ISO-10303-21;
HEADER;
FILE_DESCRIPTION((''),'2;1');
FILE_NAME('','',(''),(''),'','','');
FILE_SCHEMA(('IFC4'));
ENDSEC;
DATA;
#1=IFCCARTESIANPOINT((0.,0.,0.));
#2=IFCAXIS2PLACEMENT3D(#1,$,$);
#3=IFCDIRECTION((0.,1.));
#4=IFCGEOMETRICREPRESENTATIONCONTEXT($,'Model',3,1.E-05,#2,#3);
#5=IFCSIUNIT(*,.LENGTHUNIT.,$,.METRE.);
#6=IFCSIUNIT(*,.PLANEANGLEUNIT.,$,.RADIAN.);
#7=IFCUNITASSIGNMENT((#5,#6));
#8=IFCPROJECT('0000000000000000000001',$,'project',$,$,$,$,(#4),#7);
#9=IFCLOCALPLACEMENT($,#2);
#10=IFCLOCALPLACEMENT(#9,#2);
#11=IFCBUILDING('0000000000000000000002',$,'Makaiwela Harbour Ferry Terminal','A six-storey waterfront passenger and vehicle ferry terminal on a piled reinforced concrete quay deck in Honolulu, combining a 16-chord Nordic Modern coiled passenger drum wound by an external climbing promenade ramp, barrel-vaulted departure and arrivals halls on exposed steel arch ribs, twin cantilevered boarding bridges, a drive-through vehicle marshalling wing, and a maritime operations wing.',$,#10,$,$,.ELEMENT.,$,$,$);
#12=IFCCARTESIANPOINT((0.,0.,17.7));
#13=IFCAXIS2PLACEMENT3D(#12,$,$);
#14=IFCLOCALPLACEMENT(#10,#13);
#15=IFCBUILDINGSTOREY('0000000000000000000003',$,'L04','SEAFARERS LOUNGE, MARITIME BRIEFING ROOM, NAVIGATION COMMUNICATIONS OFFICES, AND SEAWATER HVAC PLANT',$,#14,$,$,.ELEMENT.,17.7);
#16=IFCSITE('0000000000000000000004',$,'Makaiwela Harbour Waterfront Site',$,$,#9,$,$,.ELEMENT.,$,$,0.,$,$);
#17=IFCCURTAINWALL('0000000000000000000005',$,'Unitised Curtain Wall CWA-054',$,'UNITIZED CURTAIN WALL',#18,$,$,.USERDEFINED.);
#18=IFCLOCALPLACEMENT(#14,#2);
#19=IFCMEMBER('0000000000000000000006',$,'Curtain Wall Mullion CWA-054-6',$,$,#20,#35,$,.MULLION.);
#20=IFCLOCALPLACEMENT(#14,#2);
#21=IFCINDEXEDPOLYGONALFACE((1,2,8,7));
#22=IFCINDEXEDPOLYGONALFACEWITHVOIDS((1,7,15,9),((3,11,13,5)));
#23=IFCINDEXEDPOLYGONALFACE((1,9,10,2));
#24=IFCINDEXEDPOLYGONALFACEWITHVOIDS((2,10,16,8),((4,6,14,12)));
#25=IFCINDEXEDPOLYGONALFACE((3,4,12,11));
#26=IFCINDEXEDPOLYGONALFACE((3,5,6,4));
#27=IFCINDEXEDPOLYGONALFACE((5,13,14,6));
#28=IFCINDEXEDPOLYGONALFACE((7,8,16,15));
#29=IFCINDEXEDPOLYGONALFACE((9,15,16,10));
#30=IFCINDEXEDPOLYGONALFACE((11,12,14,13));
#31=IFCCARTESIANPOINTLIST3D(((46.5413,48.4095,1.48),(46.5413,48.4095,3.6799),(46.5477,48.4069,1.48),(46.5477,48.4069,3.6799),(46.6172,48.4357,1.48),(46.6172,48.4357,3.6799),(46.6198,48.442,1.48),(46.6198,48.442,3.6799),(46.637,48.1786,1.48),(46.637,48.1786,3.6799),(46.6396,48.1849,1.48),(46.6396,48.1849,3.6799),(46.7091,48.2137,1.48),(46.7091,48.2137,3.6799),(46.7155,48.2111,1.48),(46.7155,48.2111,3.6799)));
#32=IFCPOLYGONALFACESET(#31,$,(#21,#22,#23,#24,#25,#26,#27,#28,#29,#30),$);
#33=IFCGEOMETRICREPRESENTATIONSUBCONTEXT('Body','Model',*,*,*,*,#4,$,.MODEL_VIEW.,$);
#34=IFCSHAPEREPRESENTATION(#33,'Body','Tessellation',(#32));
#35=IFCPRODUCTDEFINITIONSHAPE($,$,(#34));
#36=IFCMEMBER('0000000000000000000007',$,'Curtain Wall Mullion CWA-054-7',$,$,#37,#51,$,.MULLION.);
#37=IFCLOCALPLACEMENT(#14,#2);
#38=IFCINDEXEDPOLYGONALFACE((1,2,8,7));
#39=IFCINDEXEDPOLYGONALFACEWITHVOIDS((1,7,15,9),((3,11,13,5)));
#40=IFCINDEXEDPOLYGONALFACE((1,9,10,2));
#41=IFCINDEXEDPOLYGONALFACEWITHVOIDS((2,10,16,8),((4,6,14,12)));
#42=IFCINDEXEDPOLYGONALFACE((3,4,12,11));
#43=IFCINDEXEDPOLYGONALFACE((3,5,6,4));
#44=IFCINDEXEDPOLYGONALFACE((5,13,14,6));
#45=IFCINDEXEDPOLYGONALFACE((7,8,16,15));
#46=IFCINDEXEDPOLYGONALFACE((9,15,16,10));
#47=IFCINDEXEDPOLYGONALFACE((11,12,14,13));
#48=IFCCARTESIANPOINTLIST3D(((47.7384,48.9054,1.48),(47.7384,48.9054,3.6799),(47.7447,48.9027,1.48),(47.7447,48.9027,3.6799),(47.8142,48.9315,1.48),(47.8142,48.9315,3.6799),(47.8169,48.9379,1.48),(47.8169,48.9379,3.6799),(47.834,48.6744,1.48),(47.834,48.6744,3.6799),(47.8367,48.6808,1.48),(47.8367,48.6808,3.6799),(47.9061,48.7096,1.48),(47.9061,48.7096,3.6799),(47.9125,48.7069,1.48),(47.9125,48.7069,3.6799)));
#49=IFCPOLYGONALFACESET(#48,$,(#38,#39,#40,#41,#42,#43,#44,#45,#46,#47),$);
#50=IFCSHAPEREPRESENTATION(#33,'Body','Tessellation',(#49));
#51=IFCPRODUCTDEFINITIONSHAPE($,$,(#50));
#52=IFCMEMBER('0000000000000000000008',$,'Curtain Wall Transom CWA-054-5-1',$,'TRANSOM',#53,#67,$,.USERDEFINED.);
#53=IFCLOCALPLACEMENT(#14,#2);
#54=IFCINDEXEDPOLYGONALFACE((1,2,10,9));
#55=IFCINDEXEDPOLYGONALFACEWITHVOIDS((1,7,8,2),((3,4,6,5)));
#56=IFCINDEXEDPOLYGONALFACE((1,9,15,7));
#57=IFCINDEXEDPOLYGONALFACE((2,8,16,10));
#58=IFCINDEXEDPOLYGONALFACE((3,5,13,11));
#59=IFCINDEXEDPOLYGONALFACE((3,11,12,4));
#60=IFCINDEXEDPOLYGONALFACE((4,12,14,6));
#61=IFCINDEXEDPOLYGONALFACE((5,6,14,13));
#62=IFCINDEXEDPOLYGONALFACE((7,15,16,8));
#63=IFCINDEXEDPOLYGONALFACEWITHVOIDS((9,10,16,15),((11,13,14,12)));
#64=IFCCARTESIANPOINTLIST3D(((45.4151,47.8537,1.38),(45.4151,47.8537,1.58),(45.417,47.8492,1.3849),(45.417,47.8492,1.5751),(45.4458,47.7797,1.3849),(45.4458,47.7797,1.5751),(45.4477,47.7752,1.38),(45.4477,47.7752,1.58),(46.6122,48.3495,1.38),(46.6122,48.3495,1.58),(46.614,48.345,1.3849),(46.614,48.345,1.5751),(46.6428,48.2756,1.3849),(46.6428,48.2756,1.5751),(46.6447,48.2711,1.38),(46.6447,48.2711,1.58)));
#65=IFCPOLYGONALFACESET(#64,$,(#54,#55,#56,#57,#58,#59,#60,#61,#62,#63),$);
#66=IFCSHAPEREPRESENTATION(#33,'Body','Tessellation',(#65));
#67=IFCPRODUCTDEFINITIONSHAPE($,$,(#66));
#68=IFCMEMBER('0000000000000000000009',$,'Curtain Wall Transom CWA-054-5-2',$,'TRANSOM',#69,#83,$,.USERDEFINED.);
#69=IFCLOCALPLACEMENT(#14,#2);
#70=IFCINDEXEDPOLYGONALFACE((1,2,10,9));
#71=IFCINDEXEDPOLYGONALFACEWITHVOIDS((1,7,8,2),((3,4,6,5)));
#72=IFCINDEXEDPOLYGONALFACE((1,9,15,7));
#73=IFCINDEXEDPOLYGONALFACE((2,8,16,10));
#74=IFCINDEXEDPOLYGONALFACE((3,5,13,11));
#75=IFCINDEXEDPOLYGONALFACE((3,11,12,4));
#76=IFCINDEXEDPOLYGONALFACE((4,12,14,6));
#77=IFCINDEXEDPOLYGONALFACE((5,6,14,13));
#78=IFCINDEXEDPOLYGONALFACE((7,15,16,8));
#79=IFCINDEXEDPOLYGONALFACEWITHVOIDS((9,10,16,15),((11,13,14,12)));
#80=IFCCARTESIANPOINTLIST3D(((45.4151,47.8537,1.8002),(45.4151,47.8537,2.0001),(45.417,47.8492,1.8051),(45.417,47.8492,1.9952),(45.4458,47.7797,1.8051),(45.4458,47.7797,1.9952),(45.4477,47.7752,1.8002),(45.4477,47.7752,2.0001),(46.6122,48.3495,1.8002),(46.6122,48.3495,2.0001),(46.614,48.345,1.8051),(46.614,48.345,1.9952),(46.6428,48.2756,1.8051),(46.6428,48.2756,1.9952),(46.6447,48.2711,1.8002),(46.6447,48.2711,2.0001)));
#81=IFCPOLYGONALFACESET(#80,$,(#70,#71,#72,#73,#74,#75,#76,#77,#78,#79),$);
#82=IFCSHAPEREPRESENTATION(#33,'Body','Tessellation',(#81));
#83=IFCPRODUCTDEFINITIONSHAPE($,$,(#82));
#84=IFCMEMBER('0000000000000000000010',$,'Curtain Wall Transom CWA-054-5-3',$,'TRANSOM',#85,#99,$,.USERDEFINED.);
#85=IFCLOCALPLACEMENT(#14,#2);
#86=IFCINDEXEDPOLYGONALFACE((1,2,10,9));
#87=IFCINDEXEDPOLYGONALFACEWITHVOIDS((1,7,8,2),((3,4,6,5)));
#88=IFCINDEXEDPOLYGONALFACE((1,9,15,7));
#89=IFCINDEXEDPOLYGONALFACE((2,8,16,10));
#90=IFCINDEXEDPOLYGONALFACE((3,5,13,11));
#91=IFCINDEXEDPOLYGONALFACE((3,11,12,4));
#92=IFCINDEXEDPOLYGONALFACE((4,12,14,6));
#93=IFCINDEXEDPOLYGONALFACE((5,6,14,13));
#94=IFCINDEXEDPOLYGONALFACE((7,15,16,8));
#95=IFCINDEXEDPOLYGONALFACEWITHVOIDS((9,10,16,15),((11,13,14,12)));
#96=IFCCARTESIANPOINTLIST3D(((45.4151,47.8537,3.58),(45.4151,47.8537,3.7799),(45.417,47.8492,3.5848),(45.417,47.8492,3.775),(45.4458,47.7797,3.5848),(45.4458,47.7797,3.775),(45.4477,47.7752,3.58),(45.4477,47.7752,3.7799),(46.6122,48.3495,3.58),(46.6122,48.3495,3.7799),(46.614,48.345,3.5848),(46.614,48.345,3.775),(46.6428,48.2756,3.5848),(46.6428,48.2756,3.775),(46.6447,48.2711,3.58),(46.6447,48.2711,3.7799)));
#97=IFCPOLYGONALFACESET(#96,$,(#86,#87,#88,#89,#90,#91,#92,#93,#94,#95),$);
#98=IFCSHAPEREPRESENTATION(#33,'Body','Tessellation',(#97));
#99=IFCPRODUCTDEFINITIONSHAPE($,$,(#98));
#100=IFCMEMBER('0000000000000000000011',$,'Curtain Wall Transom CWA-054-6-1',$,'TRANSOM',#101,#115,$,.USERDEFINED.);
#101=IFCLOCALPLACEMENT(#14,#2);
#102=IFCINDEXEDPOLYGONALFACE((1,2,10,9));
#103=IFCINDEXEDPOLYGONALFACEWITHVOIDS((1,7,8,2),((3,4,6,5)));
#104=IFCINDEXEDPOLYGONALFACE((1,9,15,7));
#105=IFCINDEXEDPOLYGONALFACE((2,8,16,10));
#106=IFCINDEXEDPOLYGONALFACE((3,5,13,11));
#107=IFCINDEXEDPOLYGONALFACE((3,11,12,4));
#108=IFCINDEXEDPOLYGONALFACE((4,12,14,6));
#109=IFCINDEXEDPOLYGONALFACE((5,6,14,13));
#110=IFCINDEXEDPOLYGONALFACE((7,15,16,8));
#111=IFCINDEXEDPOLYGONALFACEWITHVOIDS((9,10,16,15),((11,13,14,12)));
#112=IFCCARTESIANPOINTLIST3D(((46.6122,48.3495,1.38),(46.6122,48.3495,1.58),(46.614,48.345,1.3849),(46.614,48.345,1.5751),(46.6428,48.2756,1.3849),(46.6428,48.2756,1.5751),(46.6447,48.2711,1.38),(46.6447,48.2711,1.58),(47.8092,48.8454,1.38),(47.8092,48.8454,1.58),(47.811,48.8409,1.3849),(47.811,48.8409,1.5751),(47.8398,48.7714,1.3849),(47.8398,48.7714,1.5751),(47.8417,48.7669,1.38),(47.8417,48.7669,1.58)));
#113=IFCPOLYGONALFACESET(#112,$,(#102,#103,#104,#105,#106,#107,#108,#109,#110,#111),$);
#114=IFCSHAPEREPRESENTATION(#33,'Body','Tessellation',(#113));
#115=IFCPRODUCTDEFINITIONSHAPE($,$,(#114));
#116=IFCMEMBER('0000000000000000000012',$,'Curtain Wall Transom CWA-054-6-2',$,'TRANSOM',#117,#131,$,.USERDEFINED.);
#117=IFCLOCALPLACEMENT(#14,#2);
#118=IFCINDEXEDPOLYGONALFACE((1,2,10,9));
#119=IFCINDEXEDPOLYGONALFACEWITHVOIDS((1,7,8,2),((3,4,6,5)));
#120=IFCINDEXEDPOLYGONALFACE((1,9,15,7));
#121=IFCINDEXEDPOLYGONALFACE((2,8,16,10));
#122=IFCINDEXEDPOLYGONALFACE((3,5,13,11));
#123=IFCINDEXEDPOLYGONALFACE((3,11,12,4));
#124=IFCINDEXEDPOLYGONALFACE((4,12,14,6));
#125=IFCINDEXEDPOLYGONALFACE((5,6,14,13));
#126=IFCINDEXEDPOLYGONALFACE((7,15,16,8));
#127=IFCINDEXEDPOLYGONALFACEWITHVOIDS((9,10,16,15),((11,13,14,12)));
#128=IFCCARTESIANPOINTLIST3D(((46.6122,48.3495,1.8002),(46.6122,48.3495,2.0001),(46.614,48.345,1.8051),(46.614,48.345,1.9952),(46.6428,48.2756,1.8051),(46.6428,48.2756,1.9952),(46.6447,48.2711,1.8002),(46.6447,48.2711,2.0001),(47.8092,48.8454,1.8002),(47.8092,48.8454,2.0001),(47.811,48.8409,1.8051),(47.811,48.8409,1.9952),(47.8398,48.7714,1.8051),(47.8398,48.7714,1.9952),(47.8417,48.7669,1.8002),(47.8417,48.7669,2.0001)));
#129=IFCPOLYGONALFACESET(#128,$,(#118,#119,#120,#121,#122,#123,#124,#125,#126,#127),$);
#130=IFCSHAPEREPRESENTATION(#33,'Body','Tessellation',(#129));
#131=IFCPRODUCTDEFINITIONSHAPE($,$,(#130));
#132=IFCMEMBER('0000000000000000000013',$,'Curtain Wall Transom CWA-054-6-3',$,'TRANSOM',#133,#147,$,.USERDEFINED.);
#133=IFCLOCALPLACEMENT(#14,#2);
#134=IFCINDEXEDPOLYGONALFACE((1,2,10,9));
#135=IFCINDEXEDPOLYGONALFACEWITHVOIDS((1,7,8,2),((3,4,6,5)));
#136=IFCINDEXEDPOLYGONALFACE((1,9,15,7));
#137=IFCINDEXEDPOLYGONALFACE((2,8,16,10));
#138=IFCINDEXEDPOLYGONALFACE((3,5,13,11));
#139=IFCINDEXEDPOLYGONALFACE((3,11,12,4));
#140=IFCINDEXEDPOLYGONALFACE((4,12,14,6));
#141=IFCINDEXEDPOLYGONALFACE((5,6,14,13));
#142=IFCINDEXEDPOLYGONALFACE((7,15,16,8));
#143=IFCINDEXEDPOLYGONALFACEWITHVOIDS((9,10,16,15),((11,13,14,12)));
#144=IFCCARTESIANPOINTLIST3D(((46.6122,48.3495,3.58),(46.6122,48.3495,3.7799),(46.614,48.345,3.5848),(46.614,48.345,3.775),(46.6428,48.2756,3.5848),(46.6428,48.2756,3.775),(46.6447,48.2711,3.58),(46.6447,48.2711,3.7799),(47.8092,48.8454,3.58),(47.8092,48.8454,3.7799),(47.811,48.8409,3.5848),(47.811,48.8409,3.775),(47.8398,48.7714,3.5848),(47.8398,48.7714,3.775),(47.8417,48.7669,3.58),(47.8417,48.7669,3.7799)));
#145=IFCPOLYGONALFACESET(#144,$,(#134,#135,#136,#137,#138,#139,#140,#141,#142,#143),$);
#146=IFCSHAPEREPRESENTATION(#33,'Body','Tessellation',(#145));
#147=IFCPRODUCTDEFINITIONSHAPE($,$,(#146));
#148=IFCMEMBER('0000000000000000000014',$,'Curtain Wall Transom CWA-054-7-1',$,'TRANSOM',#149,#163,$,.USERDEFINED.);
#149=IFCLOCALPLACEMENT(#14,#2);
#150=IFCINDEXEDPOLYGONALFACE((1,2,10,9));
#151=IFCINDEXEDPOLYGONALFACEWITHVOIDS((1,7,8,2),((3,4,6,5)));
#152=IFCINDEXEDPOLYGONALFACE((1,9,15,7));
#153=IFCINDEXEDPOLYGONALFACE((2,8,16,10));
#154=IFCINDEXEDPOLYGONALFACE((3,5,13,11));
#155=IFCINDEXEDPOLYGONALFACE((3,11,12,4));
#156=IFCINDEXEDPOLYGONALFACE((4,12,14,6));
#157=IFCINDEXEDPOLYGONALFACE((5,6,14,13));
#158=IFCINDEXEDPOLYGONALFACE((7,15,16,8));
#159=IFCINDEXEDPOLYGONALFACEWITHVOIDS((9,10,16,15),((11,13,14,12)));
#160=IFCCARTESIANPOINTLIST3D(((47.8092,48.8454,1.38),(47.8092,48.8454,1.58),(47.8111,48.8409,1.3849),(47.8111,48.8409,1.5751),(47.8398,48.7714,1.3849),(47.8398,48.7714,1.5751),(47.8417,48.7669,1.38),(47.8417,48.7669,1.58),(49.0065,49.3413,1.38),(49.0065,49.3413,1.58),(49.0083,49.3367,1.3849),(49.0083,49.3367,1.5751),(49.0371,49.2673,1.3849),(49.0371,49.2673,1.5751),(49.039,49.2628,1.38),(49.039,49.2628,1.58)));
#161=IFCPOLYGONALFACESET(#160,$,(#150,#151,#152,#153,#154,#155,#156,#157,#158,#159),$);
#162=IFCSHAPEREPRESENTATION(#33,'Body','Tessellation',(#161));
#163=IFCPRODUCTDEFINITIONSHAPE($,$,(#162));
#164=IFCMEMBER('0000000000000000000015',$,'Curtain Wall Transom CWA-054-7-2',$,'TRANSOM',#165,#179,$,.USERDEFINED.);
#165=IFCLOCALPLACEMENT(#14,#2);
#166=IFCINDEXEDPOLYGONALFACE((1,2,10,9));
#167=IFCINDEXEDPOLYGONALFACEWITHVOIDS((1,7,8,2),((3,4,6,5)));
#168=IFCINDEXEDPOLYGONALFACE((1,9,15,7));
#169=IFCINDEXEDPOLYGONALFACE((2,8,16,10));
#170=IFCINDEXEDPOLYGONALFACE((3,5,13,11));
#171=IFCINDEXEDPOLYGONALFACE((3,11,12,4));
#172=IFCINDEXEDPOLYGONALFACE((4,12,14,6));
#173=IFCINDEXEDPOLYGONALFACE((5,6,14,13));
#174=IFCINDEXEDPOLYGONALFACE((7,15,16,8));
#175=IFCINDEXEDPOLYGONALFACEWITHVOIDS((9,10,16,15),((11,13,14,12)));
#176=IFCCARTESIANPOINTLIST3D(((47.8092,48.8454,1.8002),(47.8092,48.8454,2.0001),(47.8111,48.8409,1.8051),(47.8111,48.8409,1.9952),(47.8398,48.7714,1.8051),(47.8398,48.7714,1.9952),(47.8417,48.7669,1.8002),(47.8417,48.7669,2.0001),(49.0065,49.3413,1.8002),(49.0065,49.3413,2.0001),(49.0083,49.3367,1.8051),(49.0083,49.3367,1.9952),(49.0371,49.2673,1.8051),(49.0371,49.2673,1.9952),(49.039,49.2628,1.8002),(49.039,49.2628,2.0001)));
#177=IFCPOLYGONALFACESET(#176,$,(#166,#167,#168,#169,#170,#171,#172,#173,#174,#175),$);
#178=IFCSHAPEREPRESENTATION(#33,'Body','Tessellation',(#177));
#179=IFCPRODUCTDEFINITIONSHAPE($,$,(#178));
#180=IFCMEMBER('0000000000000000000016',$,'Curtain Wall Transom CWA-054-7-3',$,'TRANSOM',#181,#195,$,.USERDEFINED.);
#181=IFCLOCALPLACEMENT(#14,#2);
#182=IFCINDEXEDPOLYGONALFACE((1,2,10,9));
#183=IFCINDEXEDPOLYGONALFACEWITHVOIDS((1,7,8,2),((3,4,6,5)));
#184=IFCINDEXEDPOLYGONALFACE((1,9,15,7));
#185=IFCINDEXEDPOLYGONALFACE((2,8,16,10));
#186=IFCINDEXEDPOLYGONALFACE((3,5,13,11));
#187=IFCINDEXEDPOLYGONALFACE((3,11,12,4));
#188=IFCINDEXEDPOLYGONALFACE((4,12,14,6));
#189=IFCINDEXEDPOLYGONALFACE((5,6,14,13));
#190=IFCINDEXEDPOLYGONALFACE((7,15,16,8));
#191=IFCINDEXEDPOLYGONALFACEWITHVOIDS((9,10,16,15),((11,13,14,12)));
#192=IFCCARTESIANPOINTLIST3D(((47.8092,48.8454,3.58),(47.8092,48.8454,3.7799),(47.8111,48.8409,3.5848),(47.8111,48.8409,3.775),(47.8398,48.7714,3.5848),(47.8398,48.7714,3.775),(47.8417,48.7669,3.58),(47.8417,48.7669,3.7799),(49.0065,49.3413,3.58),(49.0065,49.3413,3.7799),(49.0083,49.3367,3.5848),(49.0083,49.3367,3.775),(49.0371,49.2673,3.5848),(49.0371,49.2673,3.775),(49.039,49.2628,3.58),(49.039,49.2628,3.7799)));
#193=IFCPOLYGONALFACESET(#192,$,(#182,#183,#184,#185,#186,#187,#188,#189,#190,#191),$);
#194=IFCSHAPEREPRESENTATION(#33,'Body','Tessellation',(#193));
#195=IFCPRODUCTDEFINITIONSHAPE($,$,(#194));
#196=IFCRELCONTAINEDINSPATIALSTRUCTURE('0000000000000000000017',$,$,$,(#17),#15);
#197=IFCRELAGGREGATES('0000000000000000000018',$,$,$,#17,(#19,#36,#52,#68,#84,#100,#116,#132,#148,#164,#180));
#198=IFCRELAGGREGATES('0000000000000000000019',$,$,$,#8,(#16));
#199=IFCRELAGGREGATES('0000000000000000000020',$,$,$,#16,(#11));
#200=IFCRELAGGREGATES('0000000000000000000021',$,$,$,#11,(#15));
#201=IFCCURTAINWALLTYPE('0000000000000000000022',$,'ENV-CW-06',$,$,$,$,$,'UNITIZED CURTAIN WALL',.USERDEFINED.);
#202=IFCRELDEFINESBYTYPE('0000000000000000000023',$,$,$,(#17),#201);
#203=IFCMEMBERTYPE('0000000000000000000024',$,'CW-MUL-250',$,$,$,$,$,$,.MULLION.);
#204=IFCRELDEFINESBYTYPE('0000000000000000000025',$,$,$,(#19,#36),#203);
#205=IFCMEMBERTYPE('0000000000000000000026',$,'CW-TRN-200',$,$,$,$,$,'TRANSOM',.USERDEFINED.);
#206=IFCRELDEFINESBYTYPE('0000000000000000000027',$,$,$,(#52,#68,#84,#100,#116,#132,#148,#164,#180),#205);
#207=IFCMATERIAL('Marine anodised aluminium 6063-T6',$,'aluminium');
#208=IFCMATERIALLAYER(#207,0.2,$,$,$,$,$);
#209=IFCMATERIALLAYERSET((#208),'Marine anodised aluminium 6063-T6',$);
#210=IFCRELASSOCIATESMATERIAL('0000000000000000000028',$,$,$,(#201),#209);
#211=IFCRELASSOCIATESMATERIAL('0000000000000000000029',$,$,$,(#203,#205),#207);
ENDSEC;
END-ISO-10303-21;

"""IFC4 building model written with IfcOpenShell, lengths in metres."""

from ifc_helpers import new_model, si_unit, direction, frame, origin, origin_2d, place, context, subcontext, project, spatial, hollow_rectangle, extrude, material, layer, layer_set, material_profile, profile_set, type_object, element, aggregate, save


model = new_model("IFC4")

# Units and contexts
model_context = context("Model", 3, precision=1e-05, world=origin(), true_north=direction((0.0, 1.0)))
body_context = subcontext(model_context, "Body", "Model", "MODEL_VIEW")
ifc_project = project(units=[si_unit("LENGTHUNIT", "METRE"), si_unit("PLANEANGLEUNIT", "RADIAN")], contexts=[model_context])

# Site, building, storey
site_placement = place(None, origin())
site = spatial("IfcSite", under=ifc_project, at=site_placement, Name="Makaiwela Harbour Waterfront Site", CompositionType="ELEMENT", RefElevation=0.0)
building_placement = place(site_placement, origin())
building = spatial("IfcBuilding", under=site, at=building_placement, Name="Makaiwela Harbour Ferry Terminal", Description="A six-storey waterfront passenger and vehicle ferry terminal on a piled reinforced concrete quay deck in Honolulu, combining a 16-chord Nordic Modern coiled passenger drum wound by an external climbing promenade ramp, barrel-vaulted departure and arrivals halls on exposed steel arch ribs, twin cantilevered boarding bridges, a drive-through vehicle marshalling wing, and a maritime operations wing.", CompositionType="ELEMENT")
storey_placement = place(building_placement, frame((0.0, 0.0, 17.7)))
storey = spatial("IfcBuildingStorey", under=building, at=storey_placement, Name="L04", Description="SEAFARERS LOUNGE, MARITIME BRIEFING ROOM, NAVIGATION COMMUNICATIONS OFFICES, AND SEAWATER HVAC PLANT", CompositionType="ELEMENT", Elevation=17.7)

# Curtain wall, members
ifc_material_1 = material(Name="Marine anodised aluminium 6063-T6", Category="aluminium")
ifc_layer_1 = layer(ifc_material_1, 0.2)
ifc_layer_set_1 = layer_set([ifc_layer_1], Name="Marine anodised aluminium 6063-T6")
curtain_wall_type = type_object("IfcCurtainWallType", Name="ENV-CW-06", ElementType="UNITIZED CURTAIN WALL", PredefinedType="USERDEFINED", material=ifc_layer_set_1)
curtain_wall_placement = place(storey_placement, origin())
curtain_wall = element("IfcCurtainWall", 1, at=curtain_wall_placement, inside=storey, type_object=curtain_wall_type, Name="Unitised Curtain Wall CWA-054", ObjectType="UNITIZED CURTAIN WALL", PredefinedType="USERDEFINED")
ifc_material_profile_1 = material_profile(ifc_material_1, hollow_rectangle(XDim=0.085, YDim=0.25, WallThickness=0.0049, at=origin_2d()), Name="CWM-250X85")
ifc_profile_set_1 = profile_set([ifc_material_profile_1], Name="Marine anodised aluminium 6063-T6")
member_type_1 = type_object("IfcMemberType", Name="CW-MUL-250", PredefinedType="MULLION", material=ifc_profile_set_1)
member_1_placement = place(storey_placement, frame((46.6284, 48.3103, 1.48), z_axis=(0.0, 0.0, 1.0), x_axis=(0.92388, 0.382683, 0.0)))
member_1 = element("IfcMember", 2, at=member_1_placement, type_object=member_type_1, Name="Curtain Wall Mullion CWA-054-6", PredefinedType="MULLION", context=body_context, shape_type="SweptSolid", body=[
    extrude(hollow_rectangle(XDim=0.085, YDim=0.25, WallThickness=0.0049, at=origin_2d()), origin(), (0.0, 0.0, 1.0), 2.2),
])
member_2_placement = place(storey_placement, frame((47.8254, 48.8062, 1.48), z_axis=(0.0, 0.0, 1.0), x_axis=(0.92388, 0.382683, 0.0)))
member_2 = element("IfcMember", 3, at=member_2_placement, type_object=member_type_1, Name="Curtain Wall Mullion CWA-054-7", PredefinedType="MULLION", context=body_context, shape_type="SweptSolid", body=[
    extrude(hollow_rectangle(XDim=0.085, YDim=0.25, WallThickness=0.0049, at=origin_2d()), origin(), (0.0, 0.0, 1.0), 2.2),
])
ifc_material_profile_2 = material_profile(ifc_material_1, hollow_rectangle(XDim=0.085, YDim=0.2, WallThickness=0.0049, at=origin_2d()), Name="CWT-200X85")
ifc_profile_set_2 = profile_set([ifc_material_profile_2], Name="Marine anodised aluminium 6063-T6")
member_type_2 = type_object("IfcMemberType", Name="CW-TRN-200", ElementType="TRANSOM", PredefinedType="USERDEFINED", material=ifc_profile_set_2)
member_3_placement = place(storey_placement, frame((45.4314, 47.8145, 1.48), z_axis=(0.923872, 0.382701, 0.0), x_axis=(-0.382701, 0.923872, 0.0)))
member_3 = element("IfcMember", 4, at=member_3_placement, type_object=member_type_2, Name="Curtain Wall Transom CWA-054-5-1", ObjectType="TRANSOM", PredefinedType="USERDEFINED", context=body_context, shape_type="SweptSolid", body=[
    extrude(hollow_rectangle(XDim=0.085, YDim=0.2, WallThickness=0.0049, at=origin_2d()), origin(), (0.0, 0.0, 1.0), 1.2957),
])
member_4_placement = place(storey_placement, frame((45.4314, 47.8145, 1.9001), z_axis=(0.923872, 0.382701, 0.0), x_axis=(-0.382701, 0.923872, 0.0)))
member_4 = element("IfcMember", 5, at=member_4_placement, type_object=member_type_2, Name="Curtain Wall Transom CWA-054-5-2", ObjectType="TRANSOM", PredefinedType="USERDEFINED", context=body_context, shape_type="SweptSolid", body=[
    extrude(hollow_rectangle(XDim=0.085, YDim=0.2, WallThickness=0.0049, at=origin_2d()), origin(), (0.0, 0.0, 1.0), 1.2957),
])
member_5_placement = place(storey_placement, frame((45.4314, 47.8145, 3.6799), z_axis=(0.923872, 0.382701, 0.0), x_axis=(-0.382701, 0.923872, 0.0)))
member_5 = element("IfcMember", 6, at=member_5_placement, type_object=member_type_2, Name="Curtain Wall Transom CWA-054-5-3", ObjectType="TRANSOM", PredefinedType="USERDEFINED", context=body_context, shape_type="SweptSolid", body=[
    extrude(hollow_rectangle(XDim=0.085, YDim=0.2, WallThickness=0.0049, at=origin_2d()), origin(), (0.0, 0.0, 1.0), 1.2957),
])
member_6_placement = place(storey_placement, frame((46.6284, 48.3103, 1.48), z_axis=(0.923872, 0.382701, 0.0), x_axis=(-0.382701, 0.923872, 0.0)))
member_6 = element("IfcMember", 7, at=member_6_placement, type_object=member_type_2, Name="Curtain Wall Transom CWA-054-6-1", ObjectType="TRANSOM", PredefinedType="USERDEFINED", context=body_context, shape_type="SweptSolid", body=[
    extrude(hollow_rectangle(XDim=0.085, YDim=0.2, WallThickness=0.0049, at=origin_2d()), origin(), (0.0, 0.0, 1.0), 1.2957),
])
member_7_placement = place(storey_placement, frame((46.6284, 48.3103, 1.9001), z_axis=(0.923872, 0.382701, 0.0), x_axis=(-0.382701, 0.923872, 0.0)))
member_7 = element("IfcMember", 8, at=member_7_placement, type_object=member_type_2, Name="Curtain Wall Transom CWA-054-6-2", ObjectType="TRANSOM", PredefinedType="USERDEFINED", context=body_context, shape_type="SweptSolid", body=[
    extrude(hollow_rectangle(XDim=0.085, YDim=0.2, WallThickness=0.0049, at=origin_2d()), origin(), (0.0, 0.0, 1.0), 1.2957),
])
member_8_placement = place(storey_placement, frame((46.6284, 48.3103, 3.6799), z_axis=(0.923872, 0.382701, 0.0), x_axis=(-0.382701, 0.923872, 0.0)))
member_8 = element("IfcMember", 9, at=member_8_placement, type_object=member_type_2, Name="Curtain Wall Transom CWA-054-6-3", ObjectType="TRANSOM", PredefinedType="USERDEFINED", context=body_context, shape_type="SweptSolid", body=[
    extrude(hollow_rectangle(XDim=0.085, YDim=0.2, WallThickness=0.0049, at=origin_2d()), origin(), (0.0, 0.0, 1.0), 1.2957),
])
member_9_placement = place(storey_placement, frame((47.8254, 48.8062, 1.48), z_axis=(0.9239, 0.382635, 0.0), x_axis=(-0.382635, 0.9239, 0.0)))
member_9 = element("IfcMember", 10, at=member_9_placement, type_object=member_type_2, Name="Curtain Wall Transom CWA-054-7-1", ObjectType="TRANSOM", PredefinedType="USERDEFINED", context=body_context, shape_type="SweptSolid", body=[
    extrude(hollow_rectangle(XDim=0.085, YDim=0.2, WallThickness=0.0049, at=origin_2d()), origin(), (0.0, 0.0, 1.0), 1.2959),
])
member_10_placement = place(storey_placement, frame((47.8254, 48.8062, 1.9001), z_axis=(0.9239, 0.382635, 0.0), x_axis=(-0.382635, 0.9239, 0.0)))
member_10 = element("IfcMember", 11, at=member_10_placement, type_object=member_type_2, Name="Curtain Wall Transom CWA-054-7-2", ObjectType="TRANSOM", PredefinedType="USERDEFINED", context=body_context, shape_type="SweptSolid", body=[
    extrude(hollow_rectangle(XDim=0.085, YDim=0.2, WallThickness=0.0049, at=origin_2d()), origin(), (0.0, 0.0, 1.0), 1.2959),
])
member_11_placement = place(storey_placement, frame((47.8254, 48.8062, 3.6799), z_axis=(0.9239, 0.382635, 0.0), x_axis=(-0.382635, 0.9239, 0.0)))
member_11 = element("IfcMember", 12, at=member_11_placement, type_object=member_type_2, Name="Curtain Wall Transom CWA-054-7-3", ObjectType="TRANSOM", PredefinedType="USERDEFINED", context=body_context, shape_type="SweptSolid", body=[
    extrude(hollow_rectangle(XDim=0.085, YDim=0.2, WallThickness=0.0049, at=origin_2d()), origin(), (0.0, 0.0, 1.0), 1.2959),
])

aggregate(curtain_wall, [member_1, member_2, member_3, member_4, member_5, member_6, member_7, member_8, member_9, member_10, member_11])

save(model, "model.ifc")
